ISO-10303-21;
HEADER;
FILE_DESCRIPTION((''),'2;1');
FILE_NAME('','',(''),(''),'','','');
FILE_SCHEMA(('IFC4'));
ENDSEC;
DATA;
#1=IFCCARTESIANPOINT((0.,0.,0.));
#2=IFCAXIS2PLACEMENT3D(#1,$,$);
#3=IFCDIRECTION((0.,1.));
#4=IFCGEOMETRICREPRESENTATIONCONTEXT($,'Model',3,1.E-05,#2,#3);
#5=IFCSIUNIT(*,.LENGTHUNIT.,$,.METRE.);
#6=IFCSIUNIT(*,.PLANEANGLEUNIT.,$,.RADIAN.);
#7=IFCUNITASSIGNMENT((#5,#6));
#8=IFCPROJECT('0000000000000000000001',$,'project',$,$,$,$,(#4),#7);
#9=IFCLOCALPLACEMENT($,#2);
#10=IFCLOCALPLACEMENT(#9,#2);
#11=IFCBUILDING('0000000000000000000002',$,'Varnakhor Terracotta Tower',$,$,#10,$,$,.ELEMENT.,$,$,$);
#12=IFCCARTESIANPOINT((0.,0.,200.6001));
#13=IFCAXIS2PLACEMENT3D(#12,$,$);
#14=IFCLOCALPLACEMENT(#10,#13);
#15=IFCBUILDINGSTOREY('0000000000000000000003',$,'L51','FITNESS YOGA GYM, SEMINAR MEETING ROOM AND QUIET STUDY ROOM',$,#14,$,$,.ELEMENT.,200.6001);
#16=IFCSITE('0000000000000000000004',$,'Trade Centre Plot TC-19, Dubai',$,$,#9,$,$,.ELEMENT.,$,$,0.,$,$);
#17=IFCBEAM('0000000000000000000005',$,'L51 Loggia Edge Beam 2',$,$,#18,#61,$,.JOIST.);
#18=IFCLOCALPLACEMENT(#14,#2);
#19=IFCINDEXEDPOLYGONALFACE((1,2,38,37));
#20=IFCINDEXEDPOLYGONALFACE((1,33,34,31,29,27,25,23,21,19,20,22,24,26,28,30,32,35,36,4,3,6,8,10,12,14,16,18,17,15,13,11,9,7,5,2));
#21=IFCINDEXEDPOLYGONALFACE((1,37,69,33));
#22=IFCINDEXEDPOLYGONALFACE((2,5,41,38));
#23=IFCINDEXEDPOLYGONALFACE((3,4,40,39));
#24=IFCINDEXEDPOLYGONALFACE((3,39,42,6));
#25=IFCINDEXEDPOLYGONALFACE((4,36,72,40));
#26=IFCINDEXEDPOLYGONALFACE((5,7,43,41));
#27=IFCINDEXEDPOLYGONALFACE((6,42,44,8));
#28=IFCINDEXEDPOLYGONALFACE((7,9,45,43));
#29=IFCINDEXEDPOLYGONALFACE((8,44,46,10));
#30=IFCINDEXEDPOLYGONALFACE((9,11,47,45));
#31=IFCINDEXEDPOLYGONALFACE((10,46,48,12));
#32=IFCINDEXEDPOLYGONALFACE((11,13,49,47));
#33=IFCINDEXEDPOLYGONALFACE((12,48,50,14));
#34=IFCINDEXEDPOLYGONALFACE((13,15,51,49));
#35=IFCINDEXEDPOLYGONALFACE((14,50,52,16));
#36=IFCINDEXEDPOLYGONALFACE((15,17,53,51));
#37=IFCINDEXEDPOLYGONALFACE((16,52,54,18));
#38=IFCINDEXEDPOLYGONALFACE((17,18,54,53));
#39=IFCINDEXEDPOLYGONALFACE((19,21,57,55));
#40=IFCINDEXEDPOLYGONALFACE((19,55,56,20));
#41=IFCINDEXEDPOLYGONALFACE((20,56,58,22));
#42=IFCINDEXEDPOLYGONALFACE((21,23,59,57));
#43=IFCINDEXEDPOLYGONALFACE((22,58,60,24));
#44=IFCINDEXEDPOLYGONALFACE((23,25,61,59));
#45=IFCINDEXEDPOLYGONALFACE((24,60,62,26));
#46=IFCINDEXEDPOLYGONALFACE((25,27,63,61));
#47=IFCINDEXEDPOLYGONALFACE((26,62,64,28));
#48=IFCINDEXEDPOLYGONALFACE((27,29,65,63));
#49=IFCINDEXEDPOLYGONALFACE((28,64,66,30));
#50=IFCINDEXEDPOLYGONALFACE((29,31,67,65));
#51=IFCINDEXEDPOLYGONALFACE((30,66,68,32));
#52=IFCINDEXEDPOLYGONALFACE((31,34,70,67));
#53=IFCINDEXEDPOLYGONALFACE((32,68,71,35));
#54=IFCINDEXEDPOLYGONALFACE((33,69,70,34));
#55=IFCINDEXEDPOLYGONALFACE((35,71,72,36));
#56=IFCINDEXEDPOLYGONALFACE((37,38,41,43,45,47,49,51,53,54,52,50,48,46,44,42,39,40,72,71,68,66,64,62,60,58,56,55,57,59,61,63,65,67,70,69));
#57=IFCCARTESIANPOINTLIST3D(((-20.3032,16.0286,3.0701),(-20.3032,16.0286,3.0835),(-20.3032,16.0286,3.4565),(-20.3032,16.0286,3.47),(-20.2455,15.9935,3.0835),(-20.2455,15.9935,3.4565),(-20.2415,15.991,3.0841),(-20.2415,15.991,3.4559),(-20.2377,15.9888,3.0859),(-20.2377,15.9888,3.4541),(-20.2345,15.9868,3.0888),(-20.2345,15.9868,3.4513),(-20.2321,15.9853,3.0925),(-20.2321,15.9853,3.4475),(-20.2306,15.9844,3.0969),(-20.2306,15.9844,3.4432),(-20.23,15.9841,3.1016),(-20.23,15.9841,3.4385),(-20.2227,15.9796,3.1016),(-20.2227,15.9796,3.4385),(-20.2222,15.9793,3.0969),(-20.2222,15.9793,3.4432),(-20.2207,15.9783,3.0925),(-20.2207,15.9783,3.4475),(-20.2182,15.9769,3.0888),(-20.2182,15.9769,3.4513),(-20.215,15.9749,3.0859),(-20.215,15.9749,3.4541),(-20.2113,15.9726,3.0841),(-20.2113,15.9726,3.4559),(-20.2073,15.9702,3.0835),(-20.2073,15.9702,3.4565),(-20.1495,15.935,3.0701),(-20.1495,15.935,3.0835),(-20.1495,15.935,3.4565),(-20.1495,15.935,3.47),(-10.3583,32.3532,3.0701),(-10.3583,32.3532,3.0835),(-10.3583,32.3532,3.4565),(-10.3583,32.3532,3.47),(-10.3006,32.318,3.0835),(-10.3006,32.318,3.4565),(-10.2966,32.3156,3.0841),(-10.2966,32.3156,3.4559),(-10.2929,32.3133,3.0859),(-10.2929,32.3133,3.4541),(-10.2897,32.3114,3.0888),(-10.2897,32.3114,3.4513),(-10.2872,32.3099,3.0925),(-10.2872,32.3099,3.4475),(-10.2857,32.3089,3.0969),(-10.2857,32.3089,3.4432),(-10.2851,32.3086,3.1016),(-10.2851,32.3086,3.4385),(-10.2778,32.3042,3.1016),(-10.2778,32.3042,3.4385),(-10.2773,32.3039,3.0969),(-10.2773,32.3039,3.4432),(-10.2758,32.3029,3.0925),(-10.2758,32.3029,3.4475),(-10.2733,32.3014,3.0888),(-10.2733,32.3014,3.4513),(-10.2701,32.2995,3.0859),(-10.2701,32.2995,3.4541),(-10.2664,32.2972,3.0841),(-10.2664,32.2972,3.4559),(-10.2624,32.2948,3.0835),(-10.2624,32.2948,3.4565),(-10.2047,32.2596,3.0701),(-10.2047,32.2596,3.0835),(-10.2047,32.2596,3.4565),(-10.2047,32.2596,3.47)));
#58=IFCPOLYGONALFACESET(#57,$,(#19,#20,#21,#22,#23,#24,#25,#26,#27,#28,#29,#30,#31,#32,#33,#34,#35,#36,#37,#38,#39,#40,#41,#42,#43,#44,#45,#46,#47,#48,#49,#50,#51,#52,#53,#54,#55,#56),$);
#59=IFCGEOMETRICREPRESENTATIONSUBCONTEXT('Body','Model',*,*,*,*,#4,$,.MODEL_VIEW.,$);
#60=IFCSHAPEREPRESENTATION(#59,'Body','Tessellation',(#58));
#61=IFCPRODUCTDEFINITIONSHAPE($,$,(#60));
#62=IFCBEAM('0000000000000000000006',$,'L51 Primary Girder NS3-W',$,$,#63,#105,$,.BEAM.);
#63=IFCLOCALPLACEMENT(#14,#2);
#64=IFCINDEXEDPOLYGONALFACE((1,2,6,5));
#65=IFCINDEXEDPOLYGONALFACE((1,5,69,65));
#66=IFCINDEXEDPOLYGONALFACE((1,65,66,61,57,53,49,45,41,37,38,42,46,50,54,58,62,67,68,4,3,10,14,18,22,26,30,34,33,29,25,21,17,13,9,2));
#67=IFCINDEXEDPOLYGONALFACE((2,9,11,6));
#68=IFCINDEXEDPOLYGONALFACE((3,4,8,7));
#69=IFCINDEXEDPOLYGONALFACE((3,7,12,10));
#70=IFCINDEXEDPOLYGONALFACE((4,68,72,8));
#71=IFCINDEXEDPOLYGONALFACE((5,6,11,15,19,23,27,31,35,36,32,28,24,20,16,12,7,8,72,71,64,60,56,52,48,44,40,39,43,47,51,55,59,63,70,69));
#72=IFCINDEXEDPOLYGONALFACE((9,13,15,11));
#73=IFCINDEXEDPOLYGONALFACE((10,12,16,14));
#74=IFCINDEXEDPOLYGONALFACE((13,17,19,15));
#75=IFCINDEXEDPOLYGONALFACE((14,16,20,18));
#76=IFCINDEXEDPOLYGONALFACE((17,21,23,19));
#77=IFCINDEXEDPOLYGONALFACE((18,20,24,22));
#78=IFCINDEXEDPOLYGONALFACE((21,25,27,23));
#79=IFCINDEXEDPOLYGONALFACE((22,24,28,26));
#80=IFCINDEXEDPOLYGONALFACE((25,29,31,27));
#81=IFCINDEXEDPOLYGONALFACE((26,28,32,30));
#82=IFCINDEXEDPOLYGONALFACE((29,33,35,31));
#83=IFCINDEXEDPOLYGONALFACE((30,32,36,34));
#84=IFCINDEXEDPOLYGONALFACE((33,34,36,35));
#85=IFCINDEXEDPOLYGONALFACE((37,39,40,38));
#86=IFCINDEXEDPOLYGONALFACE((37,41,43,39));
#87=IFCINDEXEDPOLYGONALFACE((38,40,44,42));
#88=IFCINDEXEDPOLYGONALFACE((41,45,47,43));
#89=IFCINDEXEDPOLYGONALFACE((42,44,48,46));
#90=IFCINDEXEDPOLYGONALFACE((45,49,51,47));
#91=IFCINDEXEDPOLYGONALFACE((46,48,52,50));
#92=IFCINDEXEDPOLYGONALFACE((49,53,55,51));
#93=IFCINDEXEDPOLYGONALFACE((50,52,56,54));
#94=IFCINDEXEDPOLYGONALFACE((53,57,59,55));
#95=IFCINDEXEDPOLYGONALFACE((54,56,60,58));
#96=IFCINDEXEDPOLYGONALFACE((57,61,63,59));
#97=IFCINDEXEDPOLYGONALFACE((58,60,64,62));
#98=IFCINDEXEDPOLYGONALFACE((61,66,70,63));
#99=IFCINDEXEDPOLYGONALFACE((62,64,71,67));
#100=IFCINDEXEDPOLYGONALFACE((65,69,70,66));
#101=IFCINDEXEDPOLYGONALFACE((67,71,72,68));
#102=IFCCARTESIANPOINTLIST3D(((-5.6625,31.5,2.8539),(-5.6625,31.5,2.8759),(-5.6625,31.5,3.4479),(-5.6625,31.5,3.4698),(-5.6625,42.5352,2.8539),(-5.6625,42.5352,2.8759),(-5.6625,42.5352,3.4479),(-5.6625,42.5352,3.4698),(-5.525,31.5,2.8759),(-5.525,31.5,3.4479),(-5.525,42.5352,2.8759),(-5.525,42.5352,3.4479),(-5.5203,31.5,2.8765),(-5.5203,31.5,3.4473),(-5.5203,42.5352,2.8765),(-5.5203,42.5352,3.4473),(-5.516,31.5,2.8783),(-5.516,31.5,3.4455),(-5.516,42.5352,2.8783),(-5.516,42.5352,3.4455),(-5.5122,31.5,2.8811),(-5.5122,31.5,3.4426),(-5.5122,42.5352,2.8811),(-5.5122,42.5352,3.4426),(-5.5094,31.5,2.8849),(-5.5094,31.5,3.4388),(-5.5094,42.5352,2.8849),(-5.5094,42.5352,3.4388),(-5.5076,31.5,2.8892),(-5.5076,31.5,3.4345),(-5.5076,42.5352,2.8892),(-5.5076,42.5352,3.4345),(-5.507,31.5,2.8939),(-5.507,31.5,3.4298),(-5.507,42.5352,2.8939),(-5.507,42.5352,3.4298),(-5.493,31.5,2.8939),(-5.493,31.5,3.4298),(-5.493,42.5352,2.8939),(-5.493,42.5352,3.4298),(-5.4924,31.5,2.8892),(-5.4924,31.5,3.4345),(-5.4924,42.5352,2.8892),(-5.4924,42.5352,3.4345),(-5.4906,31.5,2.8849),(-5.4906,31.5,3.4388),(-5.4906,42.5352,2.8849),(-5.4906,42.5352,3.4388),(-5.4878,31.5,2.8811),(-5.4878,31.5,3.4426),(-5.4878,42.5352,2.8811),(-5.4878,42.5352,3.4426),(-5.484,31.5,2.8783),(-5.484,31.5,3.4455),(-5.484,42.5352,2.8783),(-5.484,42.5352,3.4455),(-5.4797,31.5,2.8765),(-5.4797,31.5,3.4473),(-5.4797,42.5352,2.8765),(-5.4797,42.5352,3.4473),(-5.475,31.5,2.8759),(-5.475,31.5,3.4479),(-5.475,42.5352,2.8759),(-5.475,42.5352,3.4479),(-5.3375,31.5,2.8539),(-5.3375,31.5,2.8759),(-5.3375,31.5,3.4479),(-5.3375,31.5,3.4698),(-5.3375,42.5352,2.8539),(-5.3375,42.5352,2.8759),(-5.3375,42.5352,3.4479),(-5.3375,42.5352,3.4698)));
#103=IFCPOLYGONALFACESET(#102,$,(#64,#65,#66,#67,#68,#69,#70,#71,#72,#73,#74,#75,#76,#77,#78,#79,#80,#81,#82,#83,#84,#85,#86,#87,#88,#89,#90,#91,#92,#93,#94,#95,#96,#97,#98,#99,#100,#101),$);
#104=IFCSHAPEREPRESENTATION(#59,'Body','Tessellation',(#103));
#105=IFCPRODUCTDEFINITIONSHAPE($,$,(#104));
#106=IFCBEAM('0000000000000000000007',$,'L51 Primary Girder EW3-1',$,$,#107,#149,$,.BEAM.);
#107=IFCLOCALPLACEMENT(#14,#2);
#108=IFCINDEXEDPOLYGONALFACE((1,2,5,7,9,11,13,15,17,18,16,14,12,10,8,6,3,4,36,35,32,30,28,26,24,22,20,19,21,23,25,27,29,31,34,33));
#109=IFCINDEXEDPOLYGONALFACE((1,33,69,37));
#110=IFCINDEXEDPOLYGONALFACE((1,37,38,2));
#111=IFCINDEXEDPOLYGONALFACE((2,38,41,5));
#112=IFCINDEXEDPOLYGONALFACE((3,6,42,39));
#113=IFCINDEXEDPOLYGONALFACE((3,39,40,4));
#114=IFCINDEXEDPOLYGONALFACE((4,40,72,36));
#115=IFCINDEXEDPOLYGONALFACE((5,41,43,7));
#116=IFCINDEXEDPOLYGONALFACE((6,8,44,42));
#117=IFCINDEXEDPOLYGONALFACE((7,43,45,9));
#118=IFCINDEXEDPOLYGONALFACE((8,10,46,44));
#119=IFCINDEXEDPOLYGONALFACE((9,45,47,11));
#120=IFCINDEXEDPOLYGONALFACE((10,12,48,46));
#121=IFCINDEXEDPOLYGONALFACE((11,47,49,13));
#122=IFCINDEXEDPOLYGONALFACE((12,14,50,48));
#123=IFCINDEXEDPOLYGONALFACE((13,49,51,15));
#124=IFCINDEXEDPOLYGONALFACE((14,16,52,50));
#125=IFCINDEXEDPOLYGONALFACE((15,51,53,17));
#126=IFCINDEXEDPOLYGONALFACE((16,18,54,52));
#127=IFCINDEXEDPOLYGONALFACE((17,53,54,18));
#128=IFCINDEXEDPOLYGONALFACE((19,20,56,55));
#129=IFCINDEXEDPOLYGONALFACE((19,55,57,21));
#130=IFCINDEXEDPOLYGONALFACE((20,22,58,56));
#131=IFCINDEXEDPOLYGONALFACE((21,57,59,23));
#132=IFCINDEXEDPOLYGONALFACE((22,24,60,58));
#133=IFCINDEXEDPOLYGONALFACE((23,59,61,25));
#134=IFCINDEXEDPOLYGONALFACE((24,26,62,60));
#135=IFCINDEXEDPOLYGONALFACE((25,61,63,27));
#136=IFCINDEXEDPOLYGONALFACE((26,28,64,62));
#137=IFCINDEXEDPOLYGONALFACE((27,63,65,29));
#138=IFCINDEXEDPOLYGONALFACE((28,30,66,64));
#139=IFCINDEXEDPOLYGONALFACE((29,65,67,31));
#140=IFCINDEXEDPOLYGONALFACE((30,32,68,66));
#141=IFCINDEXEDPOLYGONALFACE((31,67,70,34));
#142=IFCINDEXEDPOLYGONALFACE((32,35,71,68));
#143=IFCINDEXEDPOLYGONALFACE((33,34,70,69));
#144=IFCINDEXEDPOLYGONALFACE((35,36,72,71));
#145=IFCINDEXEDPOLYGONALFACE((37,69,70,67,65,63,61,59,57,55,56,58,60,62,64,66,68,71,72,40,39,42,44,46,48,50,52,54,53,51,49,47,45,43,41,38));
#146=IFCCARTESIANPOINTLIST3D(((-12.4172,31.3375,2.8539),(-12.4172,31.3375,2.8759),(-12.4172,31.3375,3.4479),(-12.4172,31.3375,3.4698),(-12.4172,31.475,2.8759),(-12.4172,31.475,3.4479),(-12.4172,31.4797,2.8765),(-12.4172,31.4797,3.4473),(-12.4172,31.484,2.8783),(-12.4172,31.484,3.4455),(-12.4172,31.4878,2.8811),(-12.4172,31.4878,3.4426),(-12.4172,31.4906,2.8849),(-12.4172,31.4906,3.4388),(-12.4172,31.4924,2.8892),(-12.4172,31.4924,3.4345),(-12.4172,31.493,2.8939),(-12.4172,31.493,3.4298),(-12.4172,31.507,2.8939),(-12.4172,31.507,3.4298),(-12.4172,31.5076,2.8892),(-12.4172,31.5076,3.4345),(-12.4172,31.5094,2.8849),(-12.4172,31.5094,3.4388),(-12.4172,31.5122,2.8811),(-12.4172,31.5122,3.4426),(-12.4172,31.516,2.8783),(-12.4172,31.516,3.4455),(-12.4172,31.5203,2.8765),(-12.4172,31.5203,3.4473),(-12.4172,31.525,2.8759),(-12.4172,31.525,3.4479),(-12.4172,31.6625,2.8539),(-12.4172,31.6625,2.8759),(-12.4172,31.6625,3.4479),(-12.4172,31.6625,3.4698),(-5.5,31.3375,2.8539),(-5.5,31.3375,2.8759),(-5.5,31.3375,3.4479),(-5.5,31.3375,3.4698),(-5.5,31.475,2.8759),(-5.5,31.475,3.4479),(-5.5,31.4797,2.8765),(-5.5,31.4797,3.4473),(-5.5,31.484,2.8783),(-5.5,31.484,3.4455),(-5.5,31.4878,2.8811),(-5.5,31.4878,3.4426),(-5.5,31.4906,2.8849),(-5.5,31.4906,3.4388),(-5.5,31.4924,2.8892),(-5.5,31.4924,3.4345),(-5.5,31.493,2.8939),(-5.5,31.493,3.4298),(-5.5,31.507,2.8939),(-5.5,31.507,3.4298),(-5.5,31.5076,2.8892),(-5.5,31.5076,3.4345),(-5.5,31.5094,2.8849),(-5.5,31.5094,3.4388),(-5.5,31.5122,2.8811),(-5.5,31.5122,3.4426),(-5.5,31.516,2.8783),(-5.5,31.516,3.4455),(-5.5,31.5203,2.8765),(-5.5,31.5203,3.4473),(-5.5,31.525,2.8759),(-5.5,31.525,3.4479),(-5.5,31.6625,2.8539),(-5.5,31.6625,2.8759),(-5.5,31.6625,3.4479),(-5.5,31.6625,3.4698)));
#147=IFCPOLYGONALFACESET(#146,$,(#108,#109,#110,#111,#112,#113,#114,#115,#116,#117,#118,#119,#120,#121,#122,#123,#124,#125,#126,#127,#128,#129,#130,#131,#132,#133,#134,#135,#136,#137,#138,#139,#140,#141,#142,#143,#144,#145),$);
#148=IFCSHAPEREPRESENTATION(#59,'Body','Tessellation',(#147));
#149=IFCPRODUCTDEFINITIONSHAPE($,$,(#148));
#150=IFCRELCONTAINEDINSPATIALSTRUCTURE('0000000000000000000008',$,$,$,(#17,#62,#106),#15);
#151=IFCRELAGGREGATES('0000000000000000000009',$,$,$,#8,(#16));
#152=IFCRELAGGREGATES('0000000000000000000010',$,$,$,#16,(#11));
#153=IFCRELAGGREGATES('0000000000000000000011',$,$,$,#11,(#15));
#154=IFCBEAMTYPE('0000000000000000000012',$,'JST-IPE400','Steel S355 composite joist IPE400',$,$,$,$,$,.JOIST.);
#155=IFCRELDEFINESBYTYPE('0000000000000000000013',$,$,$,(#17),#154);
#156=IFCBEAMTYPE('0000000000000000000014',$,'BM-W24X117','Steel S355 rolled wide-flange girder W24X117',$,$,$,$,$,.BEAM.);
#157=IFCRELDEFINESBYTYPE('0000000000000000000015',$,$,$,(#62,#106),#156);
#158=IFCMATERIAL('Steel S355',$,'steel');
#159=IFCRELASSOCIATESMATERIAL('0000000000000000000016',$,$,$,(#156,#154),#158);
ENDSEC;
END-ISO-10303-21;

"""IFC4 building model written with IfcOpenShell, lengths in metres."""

from ifc_helpers import new_model, si_unit, direction, frame, origin, origin_2d, place, context, subcontext, project, spatial, i_section, extrude, source, transform, mapped, material, material_profile, profile_set, type_object, element, save


model = new_model("IFC4")

# Units and contexts
model_context = context("Model", 3, precision=1e-05, world=origin(), true_north=direction((0.0, 1.0)))
body_context = subcontext(model_context, "Body", "Model", "MODEL_VIEW")
ifc_project = project(units=[si_unit("LENGTHUNIT", "METRE"), si_unit("PLANEANGLEUNIT", "RADIAN")], contexts=[model_context])

# Site, building, storey
site_placement = place(None, origin())
site = spatial("IfcSite", under=ifc_project, at=site_placement, Name="Trade Centre Plot TC-19, Dubai", CompositionType="ELEMENT", RefElevation=0.0)
building_placement = place(site_placement, origin())
building = spatial("IfcBuilding", under=site, at=building_placement, Name="Varnakhor Terracotta Tower", CompositionType="ELEMENT")
storey_placement = place(building_placement, frame((0.0, 0.0, 200.6001)))
storey = spatial("IfcBuildingStorey", under=building, at=storey_placement, Name="L51", Description="FITNESS YOGA GYM, SEMINAR MEETING ROOM AND QUIET STUDY ROOM", CompositionType="ELEMENT", Elevation=200.6001)

# Beams
ifc_material_1 = material(Name="Steel S355", Category="steel")
ifc_material_profile_1 = material_profile(ifc_material_1, i_section(OverallWidth=0.325, OverallDepth=0.616, WebThickness=0.0139, FlangeThickness=0.022, FilletRadius=0.0181, at=origin_2d()), Name="W24X117")
ifc_profile_set_1 = profile_set([ifc_material_profile_1], Name="Steel S355")
beam_type_1 = type_object("IfcBeamType", Name="BM-W24X117", Description="Steel S355 rolled wide-flange girder W24X117", PredefinedType="BEAM", material=ifc_profile_set_1)
ifc_material_profile_2 = material_profile(ifc_material_1, i_section(OverallWidth=0.1799, OverallDepth=0.3999, WebThickness=0.0085, FlangeThickness=0.0134, FilletRadius=0.0181, at=origin_2d()), Name="IPE400")
ifc_profile_set_2 = profile_set([ifc_material_profile_2], Name="Steel S355")
beam_type_2 = type_object("IfcBeamType", Name="JST-IPE400", Description="Steel S355 composite joist IPE400", PredefinedType="JOIST", material=ifc_profile_set_2)
shared_shape_1 = source(origin(), body_context, "Body", "SweptSolid", [
    extrude(i_section(OverallWidth=0.1799, OverallDepth=0.3999, WebThickness=0.0085, FlangeThickness=0.0134, FilletRadius=0.0181, at=origin_2d()), origin(), (0.0, 0.0, 1.0), 19.1152),
])
beam_1_placement = place(storey_placement, frame((-10.2815, 32.3064, 3.27), z_axis=(-0.52026, -0.854008, 0.0), x_axis=(0.854008, -0.52026, 0.0)))
element("IfcBeam", 1, at=beam_1_placement, inside=storey, type_object=beam_type_2, Name="L51 Loggia Edge Beam 2", PredefinedType="JOIST", context=body_context, shape_type="MappedRepresentation", body=[
    mapped(shared_shape_1, transform((0.0, 0.0, 0.0), scale=1.0)),
])
shared_shape_2 = source(origin(), body_context, "Body", "SweptSolid", [
    extrude(i_section(OverallWidth=0.325, OverallDepth=0.616, WebThickness=0.0139, FlangeThickness=0.022, FilletRadius=0.0181, at=origin_2d()), origin(), (0.0, 0.0, 1.0), 11.0352),
])
beam_2_placement = place(storey_placement, frame((-5.5, 31.5, 3.1619), z_axis=(0.0, 1.0, 0.0), x_axis=(-1.0, 0.0, 0.0)))
element("IfcBeam", 2, at=beam_2_placement, inside=storey, type_object=beam_type_1, Name="L51 Primary Girder NS3-W", PredefinedType="BEAM", context=body_context, shape_type="MappedRepresentation", body=[
    mapped(shared_shape_2, transform((0.0, 0.0, 0.0), scale=1.0)),
])
shared_shape_3 = source(origin(), body_context, "Body", "SweptSolid", [
    extrude(i_section(OverallWidth=0.325, OverallDepth=0.616, WebThickness=0.0139, FlangeThickness=0.022, FilletRadius=0.0181, at=origin_2d()), origin(), (0.0, 0.0, 1.0), 6.9172),
])
beam_3_placement = place(storey_placement, frame((-12.4172, 31.5, 3.1619), z_axis=(1.0, 0.0, 0.0), x_axis=(0.0, 1.0, 0.0)))
element("IfcBeam", 3, at=beam_3_placement, inside=storey, type_object=beam_type_1, Name="L51 Primary Girder EW3-1", PredefinedType="BEAM", context=body_context, shape_type="MappedRepresentation", body=[
    mapped(shared_shape_3, transform((0.0, 0.0, 0.0), scale=1.0)),
])

save(model, "model.ifc")
